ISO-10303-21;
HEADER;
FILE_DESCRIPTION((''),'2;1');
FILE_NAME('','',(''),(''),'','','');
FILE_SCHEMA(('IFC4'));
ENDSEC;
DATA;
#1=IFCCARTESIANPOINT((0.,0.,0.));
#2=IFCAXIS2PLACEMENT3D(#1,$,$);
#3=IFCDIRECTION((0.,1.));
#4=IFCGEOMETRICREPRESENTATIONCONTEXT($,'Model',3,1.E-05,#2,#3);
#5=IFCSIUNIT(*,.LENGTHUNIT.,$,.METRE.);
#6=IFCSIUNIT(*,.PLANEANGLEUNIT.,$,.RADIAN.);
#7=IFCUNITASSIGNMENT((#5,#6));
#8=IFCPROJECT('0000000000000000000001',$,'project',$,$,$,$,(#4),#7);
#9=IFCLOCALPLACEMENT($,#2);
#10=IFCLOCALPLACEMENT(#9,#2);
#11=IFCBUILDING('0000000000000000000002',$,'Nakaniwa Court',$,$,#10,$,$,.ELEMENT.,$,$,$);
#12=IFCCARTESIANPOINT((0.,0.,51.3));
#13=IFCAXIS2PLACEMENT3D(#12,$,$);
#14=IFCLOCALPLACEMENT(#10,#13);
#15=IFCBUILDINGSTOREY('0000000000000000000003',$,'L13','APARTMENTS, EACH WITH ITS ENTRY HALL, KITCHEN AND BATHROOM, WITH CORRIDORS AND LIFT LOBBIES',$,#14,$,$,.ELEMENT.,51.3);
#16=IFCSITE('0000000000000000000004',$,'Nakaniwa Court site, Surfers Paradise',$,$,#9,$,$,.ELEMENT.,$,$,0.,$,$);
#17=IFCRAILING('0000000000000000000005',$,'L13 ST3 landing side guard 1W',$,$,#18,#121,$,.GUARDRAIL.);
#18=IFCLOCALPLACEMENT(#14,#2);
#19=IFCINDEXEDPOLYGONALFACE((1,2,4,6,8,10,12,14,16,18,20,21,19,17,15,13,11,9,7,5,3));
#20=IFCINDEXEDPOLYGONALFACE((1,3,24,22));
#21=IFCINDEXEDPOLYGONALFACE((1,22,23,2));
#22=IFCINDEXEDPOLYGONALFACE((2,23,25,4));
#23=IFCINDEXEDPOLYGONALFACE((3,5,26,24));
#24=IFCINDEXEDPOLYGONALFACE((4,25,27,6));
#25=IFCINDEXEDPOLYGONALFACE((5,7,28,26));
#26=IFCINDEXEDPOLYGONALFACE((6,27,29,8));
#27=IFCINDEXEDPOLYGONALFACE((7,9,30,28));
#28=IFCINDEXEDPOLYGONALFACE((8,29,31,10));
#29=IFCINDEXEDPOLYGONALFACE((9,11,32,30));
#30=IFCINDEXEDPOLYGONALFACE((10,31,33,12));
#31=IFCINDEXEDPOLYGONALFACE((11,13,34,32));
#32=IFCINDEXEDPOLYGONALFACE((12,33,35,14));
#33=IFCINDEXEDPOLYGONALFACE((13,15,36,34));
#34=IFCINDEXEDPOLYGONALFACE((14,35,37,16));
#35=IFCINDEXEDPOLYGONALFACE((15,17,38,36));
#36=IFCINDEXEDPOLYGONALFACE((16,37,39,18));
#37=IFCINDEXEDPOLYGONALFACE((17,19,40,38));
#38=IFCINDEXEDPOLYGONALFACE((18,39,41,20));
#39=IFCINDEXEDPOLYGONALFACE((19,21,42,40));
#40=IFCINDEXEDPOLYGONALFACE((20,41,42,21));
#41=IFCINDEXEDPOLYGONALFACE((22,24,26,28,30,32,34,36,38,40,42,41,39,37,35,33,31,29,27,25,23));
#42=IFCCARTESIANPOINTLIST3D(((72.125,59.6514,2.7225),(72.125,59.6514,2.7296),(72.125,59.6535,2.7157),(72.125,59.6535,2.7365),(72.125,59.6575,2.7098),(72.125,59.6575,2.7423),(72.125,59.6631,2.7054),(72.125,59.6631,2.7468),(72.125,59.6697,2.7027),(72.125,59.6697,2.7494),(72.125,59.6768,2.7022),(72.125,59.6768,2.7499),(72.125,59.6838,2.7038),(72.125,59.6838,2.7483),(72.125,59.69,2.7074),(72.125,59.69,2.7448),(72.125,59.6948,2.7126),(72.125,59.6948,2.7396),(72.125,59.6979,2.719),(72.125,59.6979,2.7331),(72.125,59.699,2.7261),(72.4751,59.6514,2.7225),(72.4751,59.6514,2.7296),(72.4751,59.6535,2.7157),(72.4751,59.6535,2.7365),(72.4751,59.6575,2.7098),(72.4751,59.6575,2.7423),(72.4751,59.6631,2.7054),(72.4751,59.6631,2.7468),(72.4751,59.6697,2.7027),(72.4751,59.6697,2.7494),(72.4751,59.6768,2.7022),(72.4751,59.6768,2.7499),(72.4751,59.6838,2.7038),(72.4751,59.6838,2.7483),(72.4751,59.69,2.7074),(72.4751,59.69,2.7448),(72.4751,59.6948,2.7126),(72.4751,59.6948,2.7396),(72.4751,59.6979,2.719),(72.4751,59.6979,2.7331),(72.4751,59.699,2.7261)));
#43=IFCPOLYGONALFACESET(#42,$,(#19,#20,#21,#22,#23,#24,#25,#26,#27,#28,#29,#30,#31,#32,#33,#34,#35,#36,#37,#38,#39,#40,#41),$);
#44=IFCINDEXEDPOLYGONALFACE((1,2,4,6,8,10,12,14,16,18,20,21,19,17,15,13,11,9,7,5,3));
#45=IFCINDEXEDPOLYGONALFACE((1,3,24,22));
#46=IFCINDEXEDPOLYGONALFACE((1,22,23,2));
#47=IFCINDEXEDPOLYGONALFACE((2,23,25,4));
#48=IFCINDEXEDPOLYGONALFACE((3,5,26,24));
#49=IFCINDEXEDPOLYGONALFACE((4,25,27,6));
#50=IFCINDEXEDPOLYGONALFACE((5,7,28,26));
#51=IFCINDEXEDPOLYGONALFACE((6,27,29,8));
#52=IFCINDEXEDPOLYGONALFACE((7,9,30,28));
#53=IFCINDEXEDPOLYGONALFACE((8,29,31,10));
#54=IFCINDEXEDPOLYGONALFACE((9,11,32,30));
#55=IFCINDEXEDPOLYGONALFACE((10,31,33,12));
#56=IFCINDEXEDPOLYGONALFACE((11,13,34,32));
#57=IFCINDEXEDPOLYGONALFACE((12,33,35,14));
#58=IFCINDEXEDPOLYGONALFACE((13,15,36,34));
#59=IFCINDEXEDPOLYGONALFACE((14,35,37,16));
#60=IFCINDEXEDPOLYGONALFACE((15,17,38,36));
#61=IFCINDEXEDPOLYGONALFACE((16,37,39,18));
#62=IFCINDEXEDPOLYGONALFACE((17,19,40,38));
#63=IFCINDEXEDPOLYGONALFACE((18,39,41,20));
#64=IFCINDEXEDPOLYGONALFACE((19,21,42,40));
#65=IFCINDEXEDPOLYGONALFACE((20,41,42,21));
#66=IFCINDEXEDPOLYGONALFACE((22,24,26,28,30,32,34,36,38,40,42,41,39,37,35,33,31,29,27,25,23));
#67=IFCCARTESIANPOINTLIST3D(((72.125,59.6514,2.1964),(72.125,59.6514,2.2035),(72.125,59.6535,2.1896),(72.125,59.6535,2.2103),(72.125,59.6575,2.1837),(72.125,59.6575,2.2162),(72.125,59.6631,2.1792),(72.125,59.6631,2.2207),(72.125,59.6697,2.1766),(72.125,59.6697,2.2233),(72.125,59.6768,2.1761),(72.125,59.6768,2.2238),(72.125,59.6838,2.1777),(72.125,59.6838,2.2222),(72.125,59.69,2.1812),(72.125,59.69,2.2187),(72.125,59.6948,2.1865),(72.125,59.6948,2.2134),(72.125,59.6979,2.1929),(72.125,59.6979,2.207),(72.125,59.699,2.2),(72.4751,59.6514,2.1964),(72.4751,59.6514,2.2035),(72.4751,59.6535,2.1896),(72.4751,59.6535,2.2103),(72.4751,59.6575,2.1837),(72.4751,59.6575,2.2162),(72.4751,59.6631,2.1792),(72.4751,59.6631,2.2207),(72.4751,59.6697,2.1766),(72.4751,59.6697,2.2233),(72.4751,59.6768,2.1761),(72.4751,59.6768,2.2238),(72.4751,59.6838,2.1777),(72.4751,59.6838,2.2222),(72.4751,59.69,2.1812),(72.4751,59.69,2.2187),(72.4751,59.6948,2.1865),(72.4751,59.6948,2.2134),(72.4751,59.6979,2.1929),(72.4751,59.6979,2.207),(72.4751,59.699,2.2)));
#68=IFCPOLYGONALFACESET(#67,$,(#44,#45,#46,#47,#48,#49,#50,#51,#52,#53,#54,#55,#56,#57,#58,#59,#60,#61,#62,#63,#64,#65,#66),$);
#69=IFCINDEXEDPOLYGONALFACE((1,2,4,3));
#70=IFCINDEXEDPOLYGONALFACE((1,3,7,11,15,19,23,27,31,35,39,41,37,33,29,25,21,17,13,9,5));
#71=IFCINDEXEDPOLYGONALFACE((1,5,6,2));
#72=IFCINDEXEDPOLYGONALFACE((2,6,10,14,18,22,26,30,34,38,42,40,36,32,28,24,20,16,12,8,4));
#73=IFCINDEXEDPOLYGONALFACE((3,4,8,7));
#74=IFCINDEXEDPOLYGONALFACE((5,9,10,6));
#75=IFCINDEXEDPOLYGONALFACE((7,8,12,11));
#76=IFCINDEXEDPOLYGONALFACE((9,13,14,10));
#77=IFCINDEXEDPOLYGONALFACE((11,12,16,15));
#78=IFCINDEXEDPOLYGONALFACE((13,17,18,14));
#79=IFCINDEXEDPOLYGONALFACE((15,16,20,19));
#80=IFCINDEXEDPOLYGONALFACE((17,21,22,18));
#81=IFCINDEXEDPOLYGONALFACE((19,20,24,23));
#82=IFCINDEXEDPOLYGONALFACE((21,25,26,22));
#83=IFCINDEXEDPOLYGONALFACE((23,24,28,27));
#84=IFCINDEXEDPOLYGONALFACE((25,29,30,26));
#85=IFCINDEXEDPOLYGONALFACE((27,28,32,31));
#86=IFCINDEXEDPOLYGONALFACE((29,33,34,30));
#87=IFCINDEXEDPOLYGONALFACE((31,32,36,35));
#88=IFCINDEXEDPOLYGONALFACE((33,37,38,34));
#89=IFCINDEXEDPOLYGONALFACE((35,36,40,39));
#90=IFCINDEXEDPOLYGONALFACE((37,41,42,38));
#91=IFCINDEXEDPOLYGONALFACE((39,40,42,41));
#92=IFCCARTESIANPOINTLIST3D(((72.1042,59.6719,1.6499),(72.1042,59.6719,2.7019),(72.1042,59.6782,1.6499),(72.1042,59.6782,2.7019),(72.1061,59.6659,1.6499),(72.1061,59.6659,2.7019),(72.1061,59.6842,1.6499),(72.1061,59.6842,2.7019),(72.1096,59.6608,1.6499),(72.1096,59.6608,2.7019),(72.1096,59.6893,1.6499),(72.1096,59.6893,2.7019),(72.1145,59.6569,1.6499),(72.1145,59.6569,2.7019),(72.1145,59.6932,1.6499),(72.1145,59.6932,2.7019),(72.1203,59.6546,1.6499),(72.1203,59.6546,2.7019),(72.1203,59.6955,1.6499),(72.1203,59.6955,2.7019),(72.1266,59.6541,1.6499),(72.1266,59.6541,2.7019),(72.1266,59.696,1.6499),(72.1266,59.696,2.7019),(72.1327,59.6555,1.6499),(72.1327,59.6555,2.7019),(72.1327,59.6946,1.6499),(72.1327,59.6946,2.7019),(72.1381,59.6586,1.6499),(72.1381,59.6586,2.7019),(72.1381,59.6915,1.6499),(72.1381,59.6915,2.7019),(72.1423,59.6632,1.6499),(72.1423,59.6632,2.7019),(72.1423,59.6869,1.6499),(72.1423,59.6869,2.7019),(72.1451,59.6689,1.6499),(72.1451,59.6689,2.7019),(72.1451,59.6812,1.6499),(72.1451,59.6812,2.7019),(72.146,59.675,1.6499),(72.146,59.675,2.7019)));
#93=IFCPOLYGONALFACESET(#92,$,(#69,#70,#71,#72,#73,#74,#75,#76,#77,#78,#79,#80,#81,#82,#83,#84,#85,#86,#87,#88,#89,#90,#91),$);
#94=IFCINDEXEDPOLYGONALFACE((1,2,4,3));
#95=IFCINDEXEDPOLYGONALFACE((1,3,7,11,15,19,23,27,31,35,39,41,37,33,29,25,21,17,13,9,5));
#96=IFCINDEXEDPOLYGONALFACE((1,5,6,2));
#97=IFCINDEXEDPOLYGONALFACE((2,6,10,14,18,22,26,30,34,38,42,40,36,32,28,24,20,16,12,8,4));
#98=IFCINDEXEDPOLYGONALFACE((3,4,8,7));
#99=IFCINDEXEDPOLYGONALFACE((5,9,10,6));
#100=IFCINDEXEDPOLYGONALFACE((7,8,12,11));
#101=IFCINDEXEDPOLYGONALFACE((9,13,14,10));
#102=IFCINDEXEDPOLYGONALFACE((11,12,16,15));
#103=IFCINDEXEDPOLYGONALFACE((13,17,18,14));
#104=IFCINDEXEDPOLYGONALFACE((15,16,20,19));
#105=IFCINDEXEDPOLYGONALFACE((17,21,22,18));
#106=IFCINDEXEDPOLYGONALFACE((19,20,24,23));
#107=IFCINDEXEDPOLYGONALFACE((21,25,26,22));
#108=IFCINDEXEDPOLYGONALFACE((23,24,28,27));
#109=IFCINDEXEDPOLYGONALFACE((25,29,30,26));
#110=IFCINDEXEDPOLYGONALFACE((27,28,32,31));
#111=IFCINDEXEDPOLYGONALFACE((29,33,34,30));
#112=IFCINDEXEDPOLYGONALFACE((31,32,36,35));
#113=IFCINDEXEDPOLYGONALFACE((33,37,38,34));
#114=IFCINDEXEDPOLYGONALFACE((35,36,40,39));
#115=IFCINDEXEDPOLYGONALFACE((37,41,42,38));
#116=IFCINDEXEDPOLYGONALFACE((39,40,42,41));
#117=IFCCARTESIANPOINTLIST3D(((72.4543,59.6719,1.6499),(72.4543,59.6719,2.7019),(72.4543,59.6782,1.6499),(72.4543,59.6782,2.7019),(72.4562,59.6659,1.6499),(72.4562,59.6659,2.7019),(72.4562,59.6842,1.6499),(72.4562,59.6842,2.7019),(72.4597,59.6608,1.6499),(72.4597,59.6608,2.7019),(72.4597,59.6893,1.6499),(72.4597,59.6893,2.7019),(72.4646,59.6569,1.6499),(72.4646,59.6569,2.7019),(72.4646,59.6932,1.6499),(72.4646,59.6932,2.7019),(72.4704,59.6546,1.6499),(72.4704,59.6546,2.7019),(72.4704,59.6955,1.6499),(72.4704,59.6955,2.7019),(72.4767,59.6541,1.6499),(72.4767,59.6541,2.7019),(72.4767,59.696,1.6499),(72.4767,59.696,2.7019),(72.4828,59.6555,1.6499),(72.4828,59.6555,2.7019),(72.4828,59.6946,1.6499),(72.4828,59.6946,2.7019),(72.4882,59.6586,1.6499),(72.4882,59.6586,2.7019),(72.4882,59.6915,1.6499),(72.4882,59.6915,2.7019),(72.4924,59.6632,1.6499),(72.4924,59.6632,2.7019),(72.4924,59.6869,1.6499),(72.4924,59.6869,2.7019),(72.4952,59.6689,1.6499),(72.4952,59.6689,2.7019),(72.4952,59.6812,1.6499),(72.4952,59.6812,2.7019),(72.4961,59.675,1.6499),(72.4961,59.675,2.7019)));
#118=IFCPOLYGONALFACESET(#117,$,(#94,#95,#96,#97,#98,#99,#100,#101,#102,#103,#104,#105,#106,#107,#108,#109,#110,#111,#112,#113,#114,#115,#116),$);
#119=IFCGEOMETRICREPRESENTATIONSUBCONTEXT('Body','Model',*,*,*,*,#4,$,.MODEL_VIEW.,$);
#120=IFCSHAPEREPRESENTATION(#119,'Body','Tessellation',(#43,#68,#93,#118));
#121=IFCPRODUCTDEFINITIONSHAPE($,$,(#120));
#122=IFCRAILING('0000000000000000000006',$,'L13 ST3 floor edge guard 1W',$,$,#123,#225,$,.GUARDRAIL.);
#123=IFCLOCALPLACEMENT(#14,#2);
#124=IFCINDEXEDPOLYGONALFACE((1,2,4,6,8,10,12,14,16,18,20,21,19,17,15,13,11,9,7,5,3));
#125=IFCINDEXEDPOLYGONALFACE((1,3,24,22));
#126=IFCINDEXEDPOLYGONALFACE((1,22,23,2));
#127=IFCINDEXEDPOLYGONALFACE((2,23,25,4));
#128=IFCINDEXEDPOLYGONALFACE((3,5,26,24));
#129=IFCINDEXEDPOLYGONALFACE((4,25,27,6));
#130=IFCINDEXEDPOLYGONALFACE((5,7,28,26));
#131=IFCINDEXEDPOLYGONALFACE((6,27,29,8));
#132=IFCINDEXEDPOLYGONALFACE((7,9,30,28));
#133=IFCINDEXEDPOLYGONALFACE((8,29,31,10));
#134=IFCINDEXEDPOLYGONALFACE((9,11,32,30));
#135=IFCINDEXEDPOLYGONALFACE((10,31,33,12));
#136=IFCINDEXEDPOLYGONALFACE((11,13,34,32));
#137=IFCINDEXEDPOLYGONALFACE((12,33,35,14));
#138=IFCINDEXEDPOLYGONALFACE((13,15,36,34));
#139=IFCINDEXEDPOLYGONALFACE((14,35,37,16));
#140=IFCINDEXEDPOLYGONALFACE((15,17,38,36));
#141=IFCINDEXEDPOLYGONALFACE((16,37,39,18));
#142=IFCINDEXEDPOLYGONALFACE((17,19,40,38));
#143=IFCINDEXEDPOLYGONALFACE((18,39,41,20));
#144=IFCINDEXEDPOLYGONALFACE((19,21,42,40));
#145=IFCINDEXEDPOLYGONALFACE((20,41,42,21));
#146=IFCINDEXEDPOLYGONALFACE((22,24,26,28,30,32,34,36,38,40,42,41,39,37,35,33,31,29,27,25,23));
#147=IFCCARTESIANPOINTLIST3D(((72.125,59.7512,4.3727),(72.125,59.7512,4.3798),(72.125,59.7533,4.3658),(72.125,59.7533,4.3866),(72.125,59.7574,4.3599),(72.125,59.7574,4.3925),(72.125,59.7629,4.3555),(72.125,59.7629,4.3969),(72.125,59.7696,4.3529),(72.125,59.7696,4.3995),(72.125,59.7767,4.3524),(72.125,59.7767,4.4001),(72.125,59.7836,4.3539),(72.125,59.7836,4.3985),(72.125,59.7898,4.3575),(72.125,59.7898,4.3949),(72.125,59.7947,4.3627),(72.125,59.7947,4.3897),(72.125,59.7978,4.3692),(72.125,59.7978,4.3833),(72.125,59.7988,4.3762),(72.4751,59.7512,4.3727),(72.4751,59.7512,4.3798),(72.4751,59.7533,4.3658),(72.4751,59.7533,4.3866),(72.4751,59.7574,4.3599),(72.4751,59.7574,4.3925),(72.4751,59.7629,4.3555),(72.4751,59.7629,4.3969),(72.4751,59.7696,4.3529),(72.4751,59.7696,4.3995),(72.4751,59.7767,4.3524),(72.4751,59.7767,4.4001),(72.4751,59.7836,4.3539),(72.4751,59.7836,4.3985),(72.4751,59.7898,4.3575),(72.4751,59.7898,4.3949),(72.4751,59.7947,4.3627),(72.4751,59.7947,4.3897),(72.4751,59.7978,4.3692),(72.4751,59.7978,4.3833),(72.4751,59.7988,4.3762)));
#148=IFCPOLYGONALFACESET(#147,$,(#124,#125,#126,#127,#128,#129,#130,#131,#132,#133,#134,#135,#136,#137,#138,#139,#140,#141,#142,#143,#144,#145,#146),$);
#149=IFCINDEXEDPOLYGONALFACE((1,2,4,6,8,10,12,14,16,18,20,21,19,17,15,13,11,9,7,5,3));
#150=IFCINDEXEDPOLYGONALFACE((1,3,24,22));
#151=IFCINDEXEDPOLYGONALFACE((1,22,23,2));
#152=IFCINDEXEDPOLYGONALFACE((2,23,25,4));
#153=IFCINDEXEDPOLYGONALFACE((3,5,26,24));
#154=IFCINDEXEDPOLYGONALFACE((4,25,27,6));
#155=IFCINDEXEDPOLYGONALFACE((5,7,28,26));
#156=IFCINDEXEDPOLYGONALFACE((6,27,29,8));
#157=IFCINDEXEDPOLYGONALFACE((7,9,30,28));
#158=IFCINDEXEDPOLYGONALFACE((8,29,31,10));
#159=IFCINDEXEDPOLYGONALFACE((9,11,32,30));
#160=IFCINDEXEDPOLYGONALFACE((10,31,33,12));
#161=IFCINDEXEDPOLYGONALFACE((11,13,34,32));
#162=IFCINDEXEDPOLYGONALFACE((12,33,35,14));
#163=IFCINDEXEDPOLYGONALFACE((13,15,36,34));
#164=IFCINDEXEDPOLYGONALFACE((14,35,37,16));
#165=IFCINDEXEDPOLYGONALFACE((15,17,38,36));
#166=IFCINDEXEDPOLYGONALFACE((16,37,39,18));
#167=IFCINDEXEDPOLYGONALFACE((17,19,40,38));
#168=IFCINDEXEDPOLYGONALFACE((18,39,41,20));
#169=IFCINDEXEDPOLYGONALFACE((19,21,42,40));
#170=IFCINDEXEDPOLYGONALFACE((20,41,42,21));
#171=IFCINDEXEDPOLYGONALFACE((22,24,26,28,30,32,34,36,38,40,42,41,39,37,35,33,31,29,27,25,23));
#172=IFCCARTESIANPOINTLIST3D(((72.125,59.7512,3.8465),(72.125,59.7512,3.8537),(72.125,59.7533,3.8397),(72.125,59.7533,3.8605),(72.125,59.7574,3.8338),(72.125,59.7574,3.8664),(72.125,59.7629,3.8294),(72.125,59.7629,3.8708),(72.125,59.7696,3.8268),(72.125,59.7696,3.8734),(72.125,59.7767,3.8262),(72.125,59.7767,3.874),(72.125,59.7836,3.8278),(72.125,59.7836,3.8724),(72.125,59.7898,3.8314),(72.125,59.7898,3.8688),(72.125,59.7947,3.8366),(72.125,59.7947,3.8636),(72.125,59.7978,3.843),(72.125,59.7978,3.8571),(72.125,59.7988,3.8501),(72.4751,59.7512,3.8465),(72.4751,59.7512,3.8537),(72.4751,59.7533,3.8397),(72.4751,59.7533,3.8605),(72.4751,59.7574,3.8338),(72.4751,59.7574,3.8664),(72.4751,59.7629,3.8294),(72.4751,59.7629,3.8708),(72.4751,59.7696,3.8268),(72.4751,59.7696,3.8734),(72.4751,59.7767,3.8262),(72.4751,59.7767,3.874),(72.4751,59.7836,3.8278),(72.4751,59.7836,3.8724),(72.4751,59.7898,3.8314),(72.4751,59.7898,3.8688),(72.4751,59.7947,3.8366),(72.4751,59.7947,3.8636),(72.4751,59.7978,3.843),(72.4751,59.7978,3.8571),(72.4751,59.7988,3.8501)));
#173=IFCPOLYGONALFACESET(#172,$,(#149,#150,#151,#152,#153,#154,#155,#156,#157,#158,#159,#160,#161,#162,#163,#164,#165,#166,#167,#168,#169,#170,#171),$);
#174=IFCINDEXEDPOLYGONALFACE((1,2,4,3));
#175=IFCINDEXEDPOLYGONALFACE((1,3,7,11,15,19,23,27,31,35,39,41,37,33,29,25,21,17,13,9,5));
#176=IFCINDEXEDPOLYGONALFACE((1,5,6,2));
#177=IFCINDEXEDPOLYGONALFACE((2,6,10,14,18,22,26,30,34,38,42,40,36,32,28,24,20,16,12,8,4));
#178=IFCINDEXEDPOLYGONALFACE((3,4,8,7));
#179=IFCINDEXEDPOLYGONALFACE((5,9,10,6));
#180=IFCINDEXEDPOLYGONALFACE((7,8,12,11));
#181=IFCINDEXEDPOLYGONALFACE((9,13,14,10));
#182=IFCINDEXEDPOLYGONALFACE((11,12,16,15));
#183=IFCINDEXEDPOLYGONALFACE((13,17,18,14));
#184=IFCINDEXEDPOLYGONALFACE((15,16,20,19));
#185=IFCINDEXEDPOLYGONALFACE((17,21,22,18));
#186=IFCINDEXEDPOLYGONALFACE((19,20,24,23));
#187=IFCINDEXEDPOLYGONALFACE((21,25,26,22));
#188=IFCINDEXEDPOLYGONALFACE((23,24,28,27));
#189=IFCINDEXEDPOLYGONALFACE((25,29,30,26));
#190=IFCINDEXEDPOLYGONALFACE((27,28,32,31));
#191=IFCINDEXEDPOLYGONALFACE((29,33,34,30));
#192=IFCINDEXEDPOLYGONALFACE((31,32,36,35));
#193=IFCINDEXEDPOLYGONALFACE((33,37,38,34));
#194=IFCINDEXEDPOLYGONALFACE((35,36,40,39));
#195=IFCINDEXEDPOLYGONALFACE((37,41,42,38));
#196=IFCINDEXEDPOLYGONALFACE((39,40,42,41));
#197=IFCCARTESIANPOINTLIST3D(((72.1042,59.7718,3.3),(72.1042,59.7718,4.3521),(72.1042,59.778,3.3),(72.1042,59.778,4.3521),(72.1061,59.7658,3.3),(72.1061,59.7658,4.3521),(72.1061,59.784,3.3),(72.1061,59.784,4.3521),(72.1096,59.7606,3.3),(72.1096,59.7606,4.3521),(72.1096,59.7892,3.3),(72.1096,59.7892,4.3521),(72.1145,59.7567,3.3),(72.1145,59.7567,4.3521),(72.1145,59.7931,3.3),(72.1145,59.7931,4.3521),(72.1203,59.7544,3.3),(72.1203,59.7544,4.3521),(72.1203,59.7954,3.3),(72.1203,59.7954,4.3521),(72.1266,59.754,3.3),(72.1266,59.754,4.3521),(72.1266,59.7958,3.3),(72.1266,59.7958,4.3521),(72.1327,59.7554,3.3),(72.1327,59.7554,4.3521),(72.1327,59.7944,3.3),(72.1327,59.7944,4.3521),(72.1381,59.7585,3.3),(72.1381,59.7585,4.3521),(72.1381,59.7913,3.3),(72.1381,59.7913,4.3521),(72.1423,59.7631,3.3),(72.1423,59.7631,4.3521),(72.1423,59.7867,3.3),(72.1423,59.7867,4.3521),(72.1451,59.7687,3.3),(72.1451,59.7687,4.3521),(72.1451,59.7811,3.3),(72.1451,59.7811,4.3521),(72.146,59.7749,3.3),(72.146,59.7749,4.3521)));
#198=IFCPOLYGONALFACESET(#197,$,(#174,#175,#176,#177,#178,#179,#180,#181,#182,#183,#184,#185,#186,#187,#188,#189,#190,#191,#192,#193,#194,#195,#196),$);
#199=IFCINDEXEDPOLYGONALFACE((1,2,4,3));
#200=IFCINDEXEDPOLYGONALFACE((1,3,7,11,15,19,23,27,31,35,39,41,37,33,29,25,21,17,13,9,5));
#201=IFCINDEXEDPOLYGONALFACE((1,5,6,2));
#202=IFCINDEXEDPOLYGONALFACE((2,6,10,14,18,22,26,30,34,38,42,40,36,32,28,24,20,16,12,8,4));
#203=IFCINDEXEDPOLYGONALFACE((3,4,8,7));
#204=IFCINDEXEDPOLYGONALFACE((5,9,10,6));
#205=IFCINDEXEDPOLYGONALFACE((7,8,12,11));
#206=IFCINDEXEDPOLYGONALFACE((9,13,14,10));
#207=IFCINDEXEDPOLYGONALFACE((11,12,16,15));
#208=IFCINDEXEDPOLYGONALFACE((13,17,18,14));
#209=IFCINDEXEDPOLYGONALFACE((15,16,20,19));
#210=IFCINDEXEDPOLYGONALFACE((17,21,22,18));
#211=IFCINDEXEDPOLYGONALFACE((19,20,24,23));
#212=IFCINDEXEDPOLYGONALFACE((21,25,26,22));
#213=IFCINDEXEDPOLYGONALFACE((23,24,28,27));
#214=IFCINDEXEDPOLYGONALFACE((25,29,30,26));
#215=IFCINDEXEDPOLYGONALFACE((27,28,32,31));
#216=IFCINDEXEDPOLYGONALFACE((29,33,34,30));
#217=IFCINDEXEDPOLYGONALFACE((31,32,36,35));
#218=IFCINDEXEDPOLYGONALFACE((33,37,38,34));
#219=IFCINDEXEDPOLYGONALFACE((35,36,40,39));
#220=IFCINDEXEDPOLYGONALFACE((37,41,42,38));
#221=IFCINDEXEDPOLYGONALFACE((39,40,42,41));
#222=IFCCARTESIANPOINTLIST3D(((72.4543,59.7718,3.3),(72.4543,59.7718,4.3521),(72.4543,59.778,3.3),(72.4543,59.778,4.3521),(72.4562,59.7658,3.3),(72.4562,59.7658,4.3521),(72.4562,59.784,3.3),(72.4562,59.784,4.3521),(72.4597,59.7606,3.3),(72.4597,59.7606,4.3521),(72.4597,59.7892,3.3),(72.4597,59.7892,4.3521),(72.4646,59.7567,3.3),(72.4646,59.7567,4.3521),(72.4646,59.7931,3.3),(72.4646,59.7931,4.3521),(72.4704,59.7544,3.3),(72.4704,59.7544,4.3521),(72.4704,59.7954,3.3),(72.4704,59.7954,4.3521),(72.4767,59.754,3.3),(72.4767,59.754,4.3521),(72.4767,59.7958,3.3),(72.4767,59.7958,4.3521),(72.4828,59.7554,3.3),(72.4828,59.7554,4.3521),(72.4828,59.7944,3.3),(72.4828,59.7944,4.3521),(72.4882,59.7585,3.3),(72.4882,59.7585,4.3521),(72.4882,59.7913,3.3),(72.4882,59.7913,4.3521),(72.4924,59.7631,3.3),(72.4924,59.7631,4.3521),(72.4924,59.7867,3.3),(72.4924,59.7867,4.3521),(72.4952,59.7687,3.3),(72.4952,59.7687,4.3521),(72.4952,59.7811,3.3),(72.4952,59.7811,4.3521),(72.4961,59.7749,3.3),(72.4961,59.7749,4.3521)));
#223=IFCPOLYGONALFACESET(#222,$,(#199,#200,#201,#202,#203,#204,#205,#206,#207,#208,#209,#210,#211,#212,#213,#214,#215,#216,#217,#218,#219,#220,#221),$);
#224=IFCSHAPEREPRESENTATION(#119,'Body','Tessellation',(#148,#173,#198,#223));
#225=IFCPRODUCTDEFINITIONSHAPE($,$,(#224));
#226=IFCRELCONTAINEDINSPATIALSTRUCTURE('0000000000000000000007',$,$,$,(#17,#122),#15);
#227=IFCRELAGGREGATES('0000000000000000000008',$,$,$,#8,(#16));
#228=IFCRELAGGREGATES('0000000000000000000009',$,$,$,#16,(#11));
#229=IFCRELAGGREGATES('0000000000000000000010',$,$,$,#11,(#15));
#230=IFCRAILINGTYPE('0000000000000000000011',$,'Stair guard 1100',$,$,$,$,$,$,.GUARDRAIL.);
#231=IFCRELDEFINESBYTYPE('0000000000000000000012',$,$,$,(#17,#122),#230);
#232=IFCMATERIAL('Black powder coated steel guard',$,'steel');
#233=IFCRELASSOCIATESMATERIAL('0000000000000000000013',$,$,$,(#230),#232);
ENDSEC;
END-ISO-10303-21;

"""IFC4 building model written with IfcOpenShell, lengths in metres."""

from ifc_helpers import new_model, si_unit, direction, frame, origin, origin_2d, place, context, subcontext, project, spatial, circle, extrude, material, type_object, element, save


model = new_model("IFC4")

# Units and contexts
model_context = context("Model", 3, precision=1e-05, world=origin(), true_north=direction((0.0, 1.0)))
body_context = subcontext(model_context, "Body", "Model", "MODEL_VIEW")
ifc_project = project(units=[si_unit("LENGTHUNIT", "METRE"), si_unit("PLANEANGLEUNIT", "RADIAN")], contexts=[model_context])

# Site, building, storey
site_placement = place(None, origin())
site = spatial("IfcSite", under=ifc_project, at=site_placement, Name="Nakaniwa Court site, Surfers Paradise", CompositionType="ELEMENT", RefElevation=0.0)
building_placement = place(site_placement, origin())
building = spatial("IfcBuilding", under=site, at=building_placement, Name="Nakaniwa Court", CompositionType="ELEMENT")
storey_placement = place(building_placement, frame((0.0, 0.0, 51.3)))
storey = spatial("IfcBuildingStorey", under=building, at=storey_placement, Name="L13", Description="APARTMENTS, EACH WITH ITS ENTRY HALL, KITCHEN AND BATHROOM, WITH CORRIDORS AND LIFT LOBBIES", CompositionType="ELEMENT", Elevation=51.3)

# Railings
ifc_material_1 = material(Name="Black powder coated steel guard", Category="steel")
railing_type_1 = type_object("IfcRailingType", Name="Stair guard 1100", PredefinedType="GUARDRAIL", material=ifc_material_1)
for number, where, name in (
    (1, (72.125, 59.675, 1.6499), "L13 ST3 landing side guard 1W"),
    (2, (72.125, 59.7749, 3.3), "L13 ST3 floor edge guard 1W"),
):
    element("IfcRailing", number, at=place(storey_placement, frame(where)), inside=storey, type_object=railing_type_1, Name=name, PredefinedType="GUARDRAIL", context=body_context, shape_type="SweptSolid", body=[
        extrude(circle(Radius=0.0239, at=origin_2d()), frame((0.0, 0.0, 1.0762), z_axis=(1.0, 0.0, 0.0), x_axis=(0.0, 1.0, 0.0)), (0.0, 0.0, 1.0), 0.3501),
        extrude(circle(Radius=0.0239, at=origin_2d()), frame((0.0, 0.0, 0.55), z_axis=(1.0, 0.0, 0.0), x_axis=(0.0, 1.0, 0.0)), (0.0, 0.0, 1.0), 0.3501),
        extrude(circle(Radius=0.021, at=origin_2d()), origin(), (0.0, 0.0, 1.0), 1.052),
        extrude(circle(Radius=0.021, at=origin_2d()), frame((0.3501, 0.0, 0.0)), (0.0, 0.0, 1.0), 1.052),
    ])

save(model, "model.ifc")
